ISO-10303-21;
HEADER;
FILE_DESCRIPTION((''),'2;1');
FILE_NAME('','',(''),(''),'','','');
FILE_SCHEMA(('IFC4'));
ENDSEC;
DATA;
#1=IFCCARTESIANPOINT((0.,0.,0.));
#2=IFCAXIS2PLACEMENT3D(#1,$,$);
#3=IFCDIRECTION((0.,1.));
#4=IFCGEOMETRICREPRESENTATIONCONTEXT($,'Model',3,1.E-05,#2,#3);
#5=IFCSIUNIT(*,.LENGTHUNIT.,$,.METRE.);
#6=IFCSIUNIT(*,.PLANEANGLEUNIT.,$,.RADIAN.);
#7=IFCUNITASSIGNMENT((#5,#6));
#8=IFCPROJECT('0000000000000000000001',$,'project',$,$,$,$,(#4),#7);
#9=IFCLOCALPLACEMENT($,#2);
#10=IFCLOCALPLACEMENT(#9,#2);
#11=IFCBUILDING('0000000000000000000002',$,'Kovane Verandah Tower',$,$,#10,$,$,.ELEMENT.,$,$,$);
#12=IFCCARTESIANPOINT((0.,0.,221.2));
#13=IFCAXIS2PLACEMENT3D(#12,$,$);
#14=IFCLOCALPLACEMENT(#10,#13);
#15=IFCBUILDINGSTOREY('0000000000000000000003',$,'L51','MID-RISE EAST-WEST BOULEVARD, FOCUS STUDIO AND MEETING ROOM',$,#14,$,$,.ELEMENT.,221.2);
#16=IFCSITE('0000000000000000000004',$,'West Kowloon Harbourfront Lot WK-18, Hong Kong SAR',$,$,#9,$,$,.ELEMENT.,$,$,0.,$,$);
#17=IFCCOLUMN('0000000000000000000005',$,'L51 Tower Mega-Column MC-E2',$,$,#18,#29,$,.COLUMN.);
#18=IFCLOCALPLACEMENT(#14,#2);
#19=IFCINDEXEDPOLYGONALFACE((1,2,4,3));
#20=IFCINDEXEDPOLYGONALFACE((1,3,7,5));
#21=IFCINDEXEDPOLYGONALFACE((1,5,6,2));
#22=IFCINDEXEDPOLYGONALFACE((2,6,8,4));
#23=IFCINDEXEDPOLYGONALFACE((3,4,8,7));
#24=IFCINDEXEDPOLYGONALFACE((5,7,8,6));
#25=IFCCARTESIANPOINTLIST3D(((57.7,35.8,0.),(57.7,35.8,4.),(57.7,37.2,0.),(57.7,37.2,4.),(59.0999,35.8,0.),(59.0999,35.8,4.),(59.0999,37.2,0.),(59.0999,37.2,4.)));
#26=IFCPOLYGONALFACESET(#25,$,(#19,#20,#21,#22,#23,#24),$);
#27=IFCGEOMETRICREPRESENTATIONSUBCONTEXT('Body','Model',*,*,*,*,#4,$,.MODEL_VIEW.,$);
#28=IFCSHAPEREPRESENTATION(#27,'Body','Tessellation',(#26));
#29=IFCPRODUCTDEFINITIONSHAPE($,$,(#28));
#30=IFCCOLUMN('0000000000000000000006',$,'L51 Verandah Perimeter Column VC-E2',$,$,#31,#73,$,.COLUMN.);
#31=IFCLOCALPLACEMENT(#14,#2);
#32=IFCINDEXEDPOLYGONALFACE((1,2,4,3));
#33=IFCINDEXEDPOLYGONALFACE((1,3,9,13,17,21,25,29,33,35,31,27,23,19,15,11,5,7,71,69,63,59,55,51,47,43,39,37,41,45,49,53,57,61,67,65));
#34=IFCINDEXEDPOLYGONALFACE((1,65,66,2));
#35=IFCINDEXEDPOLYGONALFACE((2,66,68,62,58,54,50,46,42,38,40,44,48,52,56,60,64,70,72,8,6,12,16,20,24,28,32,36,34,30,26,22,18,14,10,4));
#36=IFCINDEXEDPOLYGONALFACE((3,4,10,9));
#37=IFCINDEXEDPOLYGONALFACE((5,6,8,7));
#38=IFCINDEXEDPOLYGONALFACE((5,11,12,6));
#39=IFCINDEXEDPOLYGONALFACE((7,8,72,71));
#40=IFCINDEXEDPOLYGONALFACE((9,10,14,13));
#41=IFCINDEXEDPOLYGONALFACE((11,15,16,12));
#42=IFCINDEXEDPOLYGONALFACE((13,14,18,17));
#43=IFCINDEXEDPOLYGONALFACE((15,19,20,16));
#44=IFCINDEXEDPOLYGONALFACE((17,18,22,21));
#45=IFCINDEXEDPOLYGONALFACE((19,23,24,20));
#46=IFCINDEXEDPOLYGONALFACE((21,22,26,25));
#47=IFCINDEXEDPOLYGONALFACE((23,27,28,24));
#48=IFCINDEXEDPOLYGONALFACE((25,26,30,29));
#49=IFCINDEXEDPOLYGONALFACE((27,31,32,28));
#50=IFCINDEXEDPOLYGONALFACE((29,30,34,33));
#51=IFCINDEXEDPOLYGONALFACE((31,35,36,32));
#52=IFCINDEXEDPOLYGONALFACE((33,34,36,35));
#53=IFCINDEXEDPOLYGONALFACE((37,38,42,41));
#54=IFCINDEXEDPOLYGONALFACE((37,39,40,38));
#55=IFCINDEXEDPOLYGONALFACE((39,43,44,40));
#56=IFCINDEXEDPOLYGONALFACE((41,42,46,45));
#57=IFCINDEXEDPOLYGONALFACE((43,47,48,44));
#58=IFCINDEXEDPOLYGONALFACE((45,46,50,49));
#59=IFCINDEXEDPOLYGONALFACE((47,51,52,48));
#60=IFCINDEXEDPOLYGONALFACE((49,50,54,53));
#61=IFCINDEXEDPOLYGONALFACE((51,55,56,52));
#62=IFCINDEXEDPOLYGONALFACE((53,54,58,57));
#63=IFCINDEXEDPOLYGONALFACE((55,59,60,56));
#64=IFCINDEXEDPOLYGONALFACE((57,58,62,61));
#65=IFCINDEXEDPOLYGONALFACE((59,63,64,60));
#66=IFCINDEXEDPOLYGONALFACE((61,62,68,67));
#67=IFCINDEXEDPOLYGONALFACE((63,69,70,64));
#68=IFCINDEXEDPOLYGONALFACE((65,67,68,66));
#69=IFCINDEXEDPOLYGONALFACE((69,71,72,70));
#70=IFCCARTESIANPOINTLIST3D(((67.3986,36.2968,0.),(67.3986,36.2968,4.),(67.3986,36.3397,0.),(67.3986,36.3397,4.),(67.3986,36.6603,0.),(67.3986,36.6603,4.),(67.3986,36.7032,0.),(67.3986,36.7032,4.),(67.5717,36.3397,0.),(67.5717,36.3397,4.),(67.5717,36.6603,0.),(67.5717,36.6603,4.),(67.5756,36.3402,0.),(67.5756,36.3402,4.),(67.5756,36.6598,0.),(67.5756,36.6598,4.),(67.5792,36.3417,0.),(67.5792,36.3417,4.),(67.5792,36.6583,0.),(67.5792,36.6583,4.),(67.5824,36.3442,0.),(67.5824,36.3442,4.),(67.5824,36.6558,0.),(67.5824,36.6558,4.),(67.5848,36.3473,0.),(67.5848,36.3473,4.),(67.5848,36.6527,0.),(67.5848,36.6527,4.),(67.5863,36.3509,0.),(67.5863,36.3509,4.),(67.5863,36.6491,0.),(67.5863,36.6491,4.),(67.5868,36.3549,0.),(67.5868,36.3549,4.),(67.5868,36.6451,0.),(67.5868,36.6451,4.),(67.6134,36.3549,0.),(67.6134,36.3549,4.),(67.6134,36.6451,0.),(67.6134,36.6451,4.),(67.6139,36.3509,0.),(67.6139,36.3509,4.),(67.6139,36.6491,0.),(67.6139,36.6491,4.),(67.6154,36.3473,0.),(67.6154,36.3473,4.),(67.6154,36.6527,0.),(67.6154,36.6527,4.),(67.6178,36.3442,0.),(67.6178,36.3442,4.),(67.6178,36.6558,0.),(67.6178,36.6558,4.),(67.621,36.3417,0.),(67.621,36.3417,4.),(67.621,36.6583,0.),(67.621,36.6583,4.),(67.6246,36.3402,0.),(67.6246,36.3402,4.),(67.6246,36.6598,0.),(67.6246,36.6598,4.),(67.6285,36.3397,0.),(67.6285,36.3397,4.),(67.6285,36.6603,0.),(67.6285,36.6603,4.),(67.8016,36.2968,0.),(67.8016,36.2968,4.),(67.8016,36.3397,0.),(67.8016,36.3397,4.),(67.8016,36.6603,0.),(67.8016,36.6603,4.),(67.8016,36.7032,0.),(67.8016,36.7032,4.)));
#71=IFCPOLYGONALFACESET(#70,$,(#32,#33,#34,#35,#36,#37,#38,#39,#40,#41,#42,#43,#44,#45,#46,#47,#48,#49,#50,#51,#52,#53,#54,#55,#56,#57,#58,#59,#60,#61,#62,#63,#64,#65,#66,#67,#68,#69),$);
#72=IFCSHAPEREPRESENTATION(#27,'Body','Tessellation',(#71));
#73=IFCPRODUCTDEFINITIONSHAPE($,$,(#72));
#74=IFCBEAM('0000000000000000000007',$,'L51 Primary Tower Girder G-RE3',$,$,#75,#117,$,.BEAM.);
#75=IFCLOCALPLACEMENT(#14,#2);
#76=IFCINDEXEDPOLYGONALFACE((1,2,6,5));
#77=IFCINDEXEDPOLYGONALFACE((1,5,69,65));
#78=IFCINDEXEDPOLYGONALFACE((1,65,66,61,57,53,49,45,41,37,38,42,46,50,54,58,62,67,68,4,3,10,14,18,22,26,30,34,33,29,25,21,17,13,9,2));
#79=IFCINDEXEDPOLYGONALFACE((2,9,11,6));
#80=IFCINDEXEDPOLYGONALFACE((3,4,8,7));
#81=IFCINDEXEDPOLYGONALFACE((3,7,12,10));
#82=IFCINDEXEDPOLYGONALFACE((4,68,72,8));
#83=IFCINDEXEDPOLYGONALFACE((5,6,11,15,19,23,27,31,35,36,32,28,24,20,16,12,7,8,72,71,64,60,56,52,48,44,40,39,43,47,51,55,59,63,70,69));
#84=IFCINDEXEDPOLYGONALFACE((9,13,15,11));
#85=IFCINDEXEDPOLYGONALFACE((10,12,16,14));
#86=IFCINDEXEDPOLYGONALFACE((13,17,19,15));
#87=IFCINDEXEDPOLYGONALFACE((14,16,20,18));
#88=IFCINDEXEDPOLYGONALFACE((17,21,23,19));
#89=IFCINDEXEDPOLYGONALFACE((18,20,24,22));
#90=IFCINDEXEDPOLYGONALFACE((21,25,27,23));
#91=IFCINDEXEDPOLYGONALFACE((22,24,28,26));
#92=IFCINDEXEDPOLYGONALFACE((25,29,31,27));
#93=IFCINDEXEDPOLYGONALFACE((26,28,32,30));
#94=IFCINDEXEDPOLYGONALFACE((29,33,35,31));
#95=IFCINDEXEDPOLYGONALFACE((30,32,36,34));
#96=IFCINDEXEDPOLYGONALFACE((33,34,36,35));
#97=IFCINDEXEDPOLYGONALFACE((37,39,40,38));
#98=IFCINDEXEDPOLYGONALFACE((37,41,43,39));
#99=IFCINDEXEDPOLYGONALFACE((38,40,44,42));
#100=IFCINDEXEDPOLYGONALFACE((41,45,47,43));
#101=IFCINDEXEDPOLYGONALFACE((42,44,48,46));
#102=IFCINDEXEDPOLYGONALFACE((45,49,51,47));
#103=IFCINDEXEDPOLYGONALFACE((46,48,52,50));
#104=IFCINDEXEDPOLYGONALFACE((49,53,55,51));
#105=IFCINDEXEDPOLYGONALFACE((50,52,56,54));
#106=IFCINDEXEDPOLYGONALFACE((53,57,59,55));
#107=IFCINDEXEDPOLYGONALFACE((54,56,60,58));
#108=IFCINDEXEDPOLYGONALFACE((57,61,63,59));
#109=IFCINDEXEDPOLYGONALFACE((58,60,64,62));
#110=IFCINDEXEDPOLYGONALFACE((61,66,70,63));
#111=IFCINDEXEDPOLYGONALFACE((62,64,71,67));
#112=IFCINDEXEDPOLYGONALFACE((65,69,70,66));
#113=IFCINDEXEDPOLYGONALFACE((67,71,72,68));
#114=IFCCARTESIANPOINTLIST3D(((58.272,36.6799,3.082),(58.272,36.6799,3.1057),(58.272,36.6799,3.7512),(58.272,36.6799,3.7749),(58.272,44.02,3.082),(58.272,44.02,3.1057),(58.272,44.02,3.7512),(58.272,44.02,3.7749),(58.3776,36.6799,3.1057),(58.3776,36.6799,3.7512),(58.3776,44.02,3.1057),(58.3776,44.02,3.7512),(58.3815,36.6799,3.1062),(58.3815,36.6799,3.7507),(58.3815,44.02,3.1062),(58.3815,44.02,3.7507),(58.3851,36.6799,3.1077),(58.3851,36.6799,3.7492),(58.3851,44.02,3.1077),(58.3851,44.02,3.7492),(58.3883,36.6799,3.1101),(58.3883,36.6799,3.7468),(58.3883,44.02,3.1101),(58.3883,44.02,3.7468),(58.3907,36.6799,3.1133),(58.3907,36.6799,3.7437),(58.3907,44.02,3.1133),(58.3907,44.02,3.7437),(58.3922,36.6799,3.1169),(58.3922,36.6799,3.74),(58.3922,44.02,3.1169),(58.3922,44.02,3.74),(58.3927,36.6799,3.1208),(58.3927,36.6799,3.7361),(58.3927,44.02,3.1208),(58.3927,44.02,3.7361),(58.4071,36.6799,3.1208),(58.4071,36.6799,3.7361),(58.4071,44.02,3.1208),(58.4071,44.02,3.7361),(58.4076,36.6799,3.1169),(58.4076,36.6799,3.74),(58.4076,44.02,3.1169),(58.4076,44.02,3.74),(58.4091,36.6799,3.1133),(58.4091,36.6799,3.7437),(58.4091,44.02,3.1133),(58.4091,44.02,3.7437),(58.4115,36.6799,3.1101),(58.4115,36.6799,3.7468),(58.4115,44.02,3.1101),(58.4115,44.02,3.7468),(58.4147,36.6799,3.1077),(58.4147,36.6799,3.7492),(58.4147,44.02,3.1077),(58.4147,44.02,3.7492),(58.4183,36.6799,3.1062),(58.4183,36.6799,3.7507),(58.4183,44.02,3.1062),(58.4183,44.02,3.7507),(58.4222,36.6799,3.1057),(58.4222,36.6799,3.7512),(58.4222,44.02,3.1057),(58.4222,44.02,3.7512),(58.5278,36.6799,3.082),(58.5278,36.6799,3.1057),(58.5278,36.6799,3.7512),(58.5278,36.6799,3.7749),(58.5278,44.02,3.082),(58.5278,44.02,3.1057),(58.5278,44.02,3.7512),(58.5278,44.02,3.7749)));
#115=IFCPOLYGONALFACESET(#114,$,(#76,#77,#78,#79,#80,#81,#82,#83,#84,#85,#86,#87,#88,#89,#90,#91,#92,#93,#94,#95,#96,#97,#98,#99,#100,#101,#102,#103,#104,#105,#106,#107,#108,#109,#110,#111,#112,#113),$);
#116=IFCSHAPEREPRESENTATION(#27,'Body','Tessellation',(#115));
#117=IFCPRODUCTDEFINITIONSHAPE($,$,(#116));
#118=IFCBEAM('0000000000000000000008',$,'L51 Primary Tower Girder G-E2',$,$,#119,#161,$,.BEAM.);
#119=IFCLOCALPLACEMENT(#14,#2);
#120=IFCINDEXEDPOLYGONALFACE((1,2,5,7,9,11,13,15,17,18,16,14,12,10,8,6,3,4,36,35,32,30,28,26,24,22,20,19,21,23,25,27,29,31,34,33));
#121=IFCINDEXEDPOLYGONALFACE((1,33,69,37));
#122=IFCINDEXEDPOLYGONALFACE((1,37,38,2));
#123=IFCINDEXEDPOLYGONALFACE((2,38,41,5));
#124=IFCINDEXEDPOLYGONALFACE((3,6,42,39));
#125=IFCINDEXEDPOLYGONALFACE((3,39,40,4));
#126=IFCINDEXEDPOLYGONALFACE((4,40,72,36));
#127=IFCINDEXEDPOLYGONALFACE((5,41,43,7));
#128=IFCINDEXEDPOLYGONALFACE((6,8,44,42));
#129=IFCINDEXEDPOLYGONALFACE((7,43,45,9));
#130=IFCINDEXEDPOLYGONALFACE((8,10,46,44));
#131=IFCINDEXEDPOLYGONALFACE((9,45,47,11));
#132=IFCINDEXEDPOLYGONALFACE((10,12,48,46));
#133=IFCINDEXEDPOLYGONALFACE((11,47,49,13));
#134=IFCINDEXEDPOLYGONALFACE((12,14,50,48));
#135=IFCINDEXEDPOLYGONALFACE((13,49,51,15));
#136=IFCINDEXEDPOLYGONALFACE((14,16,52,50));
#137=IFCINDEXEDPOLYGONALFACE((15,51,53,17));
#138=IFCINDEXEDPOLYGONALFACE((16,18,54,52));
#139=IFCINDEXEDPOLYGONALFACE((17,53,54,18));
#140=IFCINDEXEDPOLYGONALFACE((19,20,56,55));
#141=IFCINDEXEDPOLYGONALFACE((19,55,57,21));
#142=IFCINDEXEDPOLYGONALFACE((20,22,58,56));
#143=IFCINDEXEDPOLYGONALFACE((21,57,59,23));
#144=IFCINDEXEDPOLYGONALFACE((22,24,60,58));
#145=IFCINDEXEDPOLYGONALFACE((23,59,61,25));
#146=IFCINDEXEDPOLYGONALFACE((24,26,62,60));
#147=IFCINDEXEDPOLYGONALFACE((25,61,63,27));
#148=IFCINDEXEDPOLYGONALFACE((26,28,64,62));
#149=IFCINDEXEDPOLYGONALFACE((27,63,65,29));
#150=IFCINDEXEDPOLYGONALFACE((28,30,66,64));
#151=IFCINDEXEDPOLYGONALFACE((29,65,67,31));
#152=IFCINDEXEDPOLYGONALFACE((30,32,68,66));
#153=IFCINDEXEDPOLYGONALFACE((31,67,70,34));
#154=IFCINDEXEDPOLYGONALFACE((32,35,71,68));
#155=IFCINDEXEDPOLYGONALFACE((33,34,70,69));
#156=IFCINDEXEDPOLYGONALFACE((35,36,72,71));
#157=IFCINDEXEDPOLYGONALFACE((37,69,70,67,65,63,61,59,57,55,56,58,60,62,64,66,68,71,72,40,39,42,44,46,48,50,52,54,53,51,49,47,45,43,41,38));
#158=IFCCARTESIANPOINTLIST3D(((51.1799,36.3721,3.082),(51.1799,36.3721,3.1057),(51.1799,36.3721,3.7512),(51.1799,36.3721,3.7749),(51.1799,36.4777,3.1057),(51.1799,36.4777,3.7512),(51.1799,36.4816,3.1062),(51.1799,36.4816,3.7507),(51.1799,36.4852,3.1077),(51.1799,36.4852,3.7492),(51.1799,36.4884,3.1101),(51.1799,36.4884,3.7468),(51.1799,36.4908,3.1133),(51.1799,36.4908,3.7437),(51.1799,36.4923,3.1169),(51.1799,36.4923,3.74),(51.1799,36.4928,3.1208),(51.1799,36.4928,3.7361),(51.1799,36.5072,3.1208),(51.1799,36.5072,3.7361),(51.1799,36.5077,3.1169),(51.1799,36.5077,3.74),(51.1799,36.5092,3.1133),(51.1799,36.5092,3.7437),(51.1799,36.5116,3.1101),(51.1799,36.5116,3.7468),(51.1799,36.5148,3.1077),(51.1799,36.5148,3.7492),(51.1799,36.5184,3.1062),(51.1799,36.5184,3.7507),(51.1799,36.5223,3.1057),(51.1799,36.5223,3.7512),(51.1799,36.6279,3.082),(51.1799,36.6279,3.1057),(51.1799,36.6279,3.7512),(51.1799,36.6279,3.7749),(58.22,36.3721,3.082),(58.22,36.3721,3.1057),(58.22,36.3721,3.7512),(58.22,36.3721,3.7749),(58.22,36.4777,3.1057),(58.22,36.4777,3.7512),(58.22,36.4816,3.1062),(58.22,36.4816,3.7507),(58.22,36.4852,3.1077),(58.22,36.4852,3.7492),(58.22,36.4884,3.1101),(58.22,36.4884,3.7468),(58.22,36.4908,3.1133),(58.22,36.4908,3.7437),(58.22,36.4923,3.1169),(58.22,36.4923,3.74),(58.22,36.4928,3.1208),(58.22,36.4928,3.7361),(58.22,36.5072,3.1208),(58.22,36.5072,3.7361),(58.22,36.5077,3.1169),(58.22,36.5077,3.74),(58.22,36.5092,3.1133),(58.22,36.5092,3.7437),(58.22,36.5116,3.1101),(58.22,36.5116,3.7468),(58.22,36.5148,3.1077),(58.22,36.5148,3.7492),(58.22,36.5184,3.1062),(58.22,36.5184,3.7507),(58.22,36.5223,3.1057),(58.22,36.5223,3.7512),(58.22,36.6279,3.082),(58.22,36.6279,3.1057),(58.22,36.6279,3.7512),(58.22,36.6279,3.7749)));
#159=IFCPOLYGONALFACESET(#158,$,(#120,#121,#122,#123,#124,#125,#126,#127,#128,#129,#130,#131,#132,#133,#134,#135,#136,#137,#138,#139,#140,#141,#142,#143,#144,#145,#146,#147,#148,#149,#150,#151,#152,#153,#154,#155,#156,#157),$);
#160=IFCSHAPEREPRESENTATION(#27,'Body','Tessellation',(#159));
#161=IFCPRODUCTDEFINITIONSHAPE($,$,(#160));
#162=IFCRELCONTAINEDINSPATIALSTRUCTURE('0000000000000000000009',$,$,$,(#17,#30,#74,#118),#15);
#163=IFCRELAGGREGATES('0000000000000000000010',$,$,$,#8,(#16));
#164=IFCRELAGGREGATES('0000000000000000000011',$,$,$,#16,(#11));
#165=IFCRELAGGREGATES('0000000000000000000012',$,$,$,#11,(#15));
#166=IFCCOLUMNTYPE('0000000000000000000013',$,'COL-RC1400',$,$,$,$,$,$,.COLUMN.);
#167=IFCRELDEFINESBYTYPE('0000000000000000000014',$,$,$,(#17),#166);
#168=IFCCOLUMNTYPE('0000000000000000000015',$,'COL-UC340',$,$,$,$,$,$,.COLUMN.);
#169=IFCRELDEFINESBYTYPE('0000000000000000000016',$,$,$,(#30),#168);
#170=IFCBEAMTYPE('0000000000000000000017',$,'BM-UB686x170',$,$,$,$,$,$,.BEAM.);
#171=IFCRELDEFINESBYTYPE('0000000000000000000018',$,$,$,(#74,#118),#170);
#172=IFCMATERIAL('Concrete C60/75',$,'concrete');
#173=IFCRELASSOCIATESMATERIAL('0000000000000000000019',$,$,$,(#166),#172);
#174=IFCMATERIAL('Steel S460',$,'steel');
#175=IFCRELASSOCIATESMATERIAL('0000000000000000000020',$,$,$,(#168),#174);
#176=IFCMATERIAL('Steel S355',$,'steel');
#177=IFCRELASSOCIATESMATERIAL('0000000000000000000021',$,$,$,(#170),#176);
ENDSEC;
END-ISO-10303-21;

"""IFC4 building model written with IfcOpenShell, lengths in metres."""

from ifc_helpers import new_model, si_unit, direction, frame, origin, origin_2d, place, context, subcontext, project, spatial, rectangle, i_section, extrude, material, material_profile, profile_set, type_object, element, save


model = new_model("IFC4")

# Units and contexts
model_context = context("Model", 3, precision=1e-05, world=origin(), true_north=direction((0.0, 1.0)))
body_context = subcontext(model_context, "Body", "Model", "MODEL_VIEW")
ifc_project = project(units=[si_unit("LENGTHUNIT", "METRE"), si_unit("PLANEANGLEUNIT", "RADIAN")], contexts=[model_context])

# Site, building, storey
site_placement = place(None, origin())
site = spatial("IfcSite", under=ifc_project, at=site_placement, Name="West Kowloon Harbourfront Lot WK-18, Hong Kong SAR", CompositionType="ELEMENT", RefElevation=0.0)
building_placement = place(site_placement, origin())
building = spatial("IfcBuilding", under=site, at=building_placement, Name="Kovane Verandah Tower", CompositionType="ELEMENT")
storey_placement = place(building_placement, frame((0.0, 0.0, 221.2)))
storey = spatial("IfcBuildingStorey", under=building, at=storey_placement, Name="L51", Description="MID-RISE EAST-WEST BOULEVARD, FOCUS STUDIO AND MEETING ROOM", CompositionType="ELEMENT", Elevation=221.2)

# Columns
ifc_material_1 = material(Name="Concrete C60/75", Category="concrete")
ifc_material_profile_1 = material_profile(ifc_material_1, rectangle(XDim=1.3999, YDim=1.3999, at=origin_2d()), Name="RC1400x1400")
ifc_profile_set_1 = profile_set([ifc_material_profile_1], Name="Concrete C60/75")
column_type_1 = type_object("IfcColumnType", Name="COL-RC1400", PredefinedType="COLUMN", material=ifc_profile_set_1)
column_1_placement = place(storey_placement, frame((58.3999, 36.5, 0.0), z_axis=(0.0, 0.0, 1.0), x_axis=(1.0, 0.0, 0.0)))
element("IfcColumn", 1, at=column_1_placement, inside=storey, type_object=column_type_1, Name="L51 Tower Mega-Column MC-E2", PredefinedType="COLUMN", context=body_context, shape_type="SweptSolid", body=[
    extrude(rectangle(XDim=1.3999, YDim=1.3999, at=origin_2d()), origin(), (0.0, 0.0, 1.0), 4.0),
])
ifc_material_2 = material(Name="Steel S460", Category="steel")
ifc_material_profile_2 = material_profile(ifc_material_2, i_section(OverallWidth=0.4031, OverallDepth=0.4065, WebThickness=0.0266, FlangeThickness=0.043, FilletRadius=0.0151, at=origin_2d()), Name="UC356x406x340")
ifc_profile_set_2 = profile_set([ifc_material_profile_2], Name="Steel S460")
column_type_2 = type_object("IfcColumnType", Name="COL-UC340", PredefinedType="COLUMN", material=ifc_profile_set_2)
column_2_placement = place(storey_placement, frame((67.6001, 36.5, 0.0), z_axis=(0.0, 0.0, 1.0), x_axis=(1.0, 0.0, 0.0)))
element("IfcColumn", 2, at=column_2_placement, inside=storey, type_object=column_type_2, Name="L51 Verandah Perimeter Column VC-E2", PredefinedType="COLUMN", context=body_context, shape_type="SweptSolid", body=[
    extrude(i_section(OverallWidth=0.4031, OverallDepth=0.4065, WebThickness=0.0266, FlangeThickness=0.043, FilletRadius=0.0151, at=origin_2d()), origin(), (0.0, 0.0, 1.0), 4.0),
])

# Beams
ifc_material_3 = material(Name="Steel S355", Category="steel")
ifc_material_profile_3 = material_profile(ifc_material_3, i_section(OverallWidth=0.2559, OverallDepth=0.6929, WebThickness=0.0144, FlangeThickness=0.0237, FilletRadius=0.0151, at=origin_2d()), Name="UB686x254x170")
ifc_profile_set_3 = profile_set([ifc_material_profile_3], Name="Steel S355")
beam_type_1 = type_object("IfcBeamType", Name="BM-UB686x170", PredefinedType="BEAM", material=ifc_profile_set_3)
beam_1_placement = place(storey_placement, frame((58.3999, 36.6799, 3.4285), z_axis=(0.0, 1.0, 0.0), x_axis=(-1.0, 0.0, 0.0)))
element("IfcBeam", 3, at=beam_1_placement, inside=storey, type_object=beam_type_1, Name="L51 Primary Tower Girder G-RE3", PredefinedType="BEAM", context=body_context, shape_type="SweptSolid", body=[
    extrude(i_section(OverallWidth=0.2559, OverallDepth=0.6929, WebThickness=0.0144, FlangeThickness=0.0237, FilletRadius=0.0151, at=origin_2d()), origin(), (0.0, 0.0, 1.0), 7.3401),
])
beam_2_placement = place(storey_placement, frame((51.1799, 36.5, 3.4285), z_axis=(1.0, 0.0, 0.0), x_axis=(0.0, 1.0, 0.0)))
element("IfcBeam", 4, at=beam_2_placement, inside=storey, type_object=beam_type_1, Name="L51 Primary Tower Girder G-E2", PredefinedType="BEAM", context=body_context, shape_type="SweptSolid", body=[
    extrude(i_section(OverallWidth=0.2559, OverallDepth=0.6929, WebThickness=0.0144, FlangeThickness=0.0237, FilletRadius=0.0151, at=origin_2d()), origin(), (0.0, 0.0, 1.0), 7.04),
])

save(model, "model.ifc")
